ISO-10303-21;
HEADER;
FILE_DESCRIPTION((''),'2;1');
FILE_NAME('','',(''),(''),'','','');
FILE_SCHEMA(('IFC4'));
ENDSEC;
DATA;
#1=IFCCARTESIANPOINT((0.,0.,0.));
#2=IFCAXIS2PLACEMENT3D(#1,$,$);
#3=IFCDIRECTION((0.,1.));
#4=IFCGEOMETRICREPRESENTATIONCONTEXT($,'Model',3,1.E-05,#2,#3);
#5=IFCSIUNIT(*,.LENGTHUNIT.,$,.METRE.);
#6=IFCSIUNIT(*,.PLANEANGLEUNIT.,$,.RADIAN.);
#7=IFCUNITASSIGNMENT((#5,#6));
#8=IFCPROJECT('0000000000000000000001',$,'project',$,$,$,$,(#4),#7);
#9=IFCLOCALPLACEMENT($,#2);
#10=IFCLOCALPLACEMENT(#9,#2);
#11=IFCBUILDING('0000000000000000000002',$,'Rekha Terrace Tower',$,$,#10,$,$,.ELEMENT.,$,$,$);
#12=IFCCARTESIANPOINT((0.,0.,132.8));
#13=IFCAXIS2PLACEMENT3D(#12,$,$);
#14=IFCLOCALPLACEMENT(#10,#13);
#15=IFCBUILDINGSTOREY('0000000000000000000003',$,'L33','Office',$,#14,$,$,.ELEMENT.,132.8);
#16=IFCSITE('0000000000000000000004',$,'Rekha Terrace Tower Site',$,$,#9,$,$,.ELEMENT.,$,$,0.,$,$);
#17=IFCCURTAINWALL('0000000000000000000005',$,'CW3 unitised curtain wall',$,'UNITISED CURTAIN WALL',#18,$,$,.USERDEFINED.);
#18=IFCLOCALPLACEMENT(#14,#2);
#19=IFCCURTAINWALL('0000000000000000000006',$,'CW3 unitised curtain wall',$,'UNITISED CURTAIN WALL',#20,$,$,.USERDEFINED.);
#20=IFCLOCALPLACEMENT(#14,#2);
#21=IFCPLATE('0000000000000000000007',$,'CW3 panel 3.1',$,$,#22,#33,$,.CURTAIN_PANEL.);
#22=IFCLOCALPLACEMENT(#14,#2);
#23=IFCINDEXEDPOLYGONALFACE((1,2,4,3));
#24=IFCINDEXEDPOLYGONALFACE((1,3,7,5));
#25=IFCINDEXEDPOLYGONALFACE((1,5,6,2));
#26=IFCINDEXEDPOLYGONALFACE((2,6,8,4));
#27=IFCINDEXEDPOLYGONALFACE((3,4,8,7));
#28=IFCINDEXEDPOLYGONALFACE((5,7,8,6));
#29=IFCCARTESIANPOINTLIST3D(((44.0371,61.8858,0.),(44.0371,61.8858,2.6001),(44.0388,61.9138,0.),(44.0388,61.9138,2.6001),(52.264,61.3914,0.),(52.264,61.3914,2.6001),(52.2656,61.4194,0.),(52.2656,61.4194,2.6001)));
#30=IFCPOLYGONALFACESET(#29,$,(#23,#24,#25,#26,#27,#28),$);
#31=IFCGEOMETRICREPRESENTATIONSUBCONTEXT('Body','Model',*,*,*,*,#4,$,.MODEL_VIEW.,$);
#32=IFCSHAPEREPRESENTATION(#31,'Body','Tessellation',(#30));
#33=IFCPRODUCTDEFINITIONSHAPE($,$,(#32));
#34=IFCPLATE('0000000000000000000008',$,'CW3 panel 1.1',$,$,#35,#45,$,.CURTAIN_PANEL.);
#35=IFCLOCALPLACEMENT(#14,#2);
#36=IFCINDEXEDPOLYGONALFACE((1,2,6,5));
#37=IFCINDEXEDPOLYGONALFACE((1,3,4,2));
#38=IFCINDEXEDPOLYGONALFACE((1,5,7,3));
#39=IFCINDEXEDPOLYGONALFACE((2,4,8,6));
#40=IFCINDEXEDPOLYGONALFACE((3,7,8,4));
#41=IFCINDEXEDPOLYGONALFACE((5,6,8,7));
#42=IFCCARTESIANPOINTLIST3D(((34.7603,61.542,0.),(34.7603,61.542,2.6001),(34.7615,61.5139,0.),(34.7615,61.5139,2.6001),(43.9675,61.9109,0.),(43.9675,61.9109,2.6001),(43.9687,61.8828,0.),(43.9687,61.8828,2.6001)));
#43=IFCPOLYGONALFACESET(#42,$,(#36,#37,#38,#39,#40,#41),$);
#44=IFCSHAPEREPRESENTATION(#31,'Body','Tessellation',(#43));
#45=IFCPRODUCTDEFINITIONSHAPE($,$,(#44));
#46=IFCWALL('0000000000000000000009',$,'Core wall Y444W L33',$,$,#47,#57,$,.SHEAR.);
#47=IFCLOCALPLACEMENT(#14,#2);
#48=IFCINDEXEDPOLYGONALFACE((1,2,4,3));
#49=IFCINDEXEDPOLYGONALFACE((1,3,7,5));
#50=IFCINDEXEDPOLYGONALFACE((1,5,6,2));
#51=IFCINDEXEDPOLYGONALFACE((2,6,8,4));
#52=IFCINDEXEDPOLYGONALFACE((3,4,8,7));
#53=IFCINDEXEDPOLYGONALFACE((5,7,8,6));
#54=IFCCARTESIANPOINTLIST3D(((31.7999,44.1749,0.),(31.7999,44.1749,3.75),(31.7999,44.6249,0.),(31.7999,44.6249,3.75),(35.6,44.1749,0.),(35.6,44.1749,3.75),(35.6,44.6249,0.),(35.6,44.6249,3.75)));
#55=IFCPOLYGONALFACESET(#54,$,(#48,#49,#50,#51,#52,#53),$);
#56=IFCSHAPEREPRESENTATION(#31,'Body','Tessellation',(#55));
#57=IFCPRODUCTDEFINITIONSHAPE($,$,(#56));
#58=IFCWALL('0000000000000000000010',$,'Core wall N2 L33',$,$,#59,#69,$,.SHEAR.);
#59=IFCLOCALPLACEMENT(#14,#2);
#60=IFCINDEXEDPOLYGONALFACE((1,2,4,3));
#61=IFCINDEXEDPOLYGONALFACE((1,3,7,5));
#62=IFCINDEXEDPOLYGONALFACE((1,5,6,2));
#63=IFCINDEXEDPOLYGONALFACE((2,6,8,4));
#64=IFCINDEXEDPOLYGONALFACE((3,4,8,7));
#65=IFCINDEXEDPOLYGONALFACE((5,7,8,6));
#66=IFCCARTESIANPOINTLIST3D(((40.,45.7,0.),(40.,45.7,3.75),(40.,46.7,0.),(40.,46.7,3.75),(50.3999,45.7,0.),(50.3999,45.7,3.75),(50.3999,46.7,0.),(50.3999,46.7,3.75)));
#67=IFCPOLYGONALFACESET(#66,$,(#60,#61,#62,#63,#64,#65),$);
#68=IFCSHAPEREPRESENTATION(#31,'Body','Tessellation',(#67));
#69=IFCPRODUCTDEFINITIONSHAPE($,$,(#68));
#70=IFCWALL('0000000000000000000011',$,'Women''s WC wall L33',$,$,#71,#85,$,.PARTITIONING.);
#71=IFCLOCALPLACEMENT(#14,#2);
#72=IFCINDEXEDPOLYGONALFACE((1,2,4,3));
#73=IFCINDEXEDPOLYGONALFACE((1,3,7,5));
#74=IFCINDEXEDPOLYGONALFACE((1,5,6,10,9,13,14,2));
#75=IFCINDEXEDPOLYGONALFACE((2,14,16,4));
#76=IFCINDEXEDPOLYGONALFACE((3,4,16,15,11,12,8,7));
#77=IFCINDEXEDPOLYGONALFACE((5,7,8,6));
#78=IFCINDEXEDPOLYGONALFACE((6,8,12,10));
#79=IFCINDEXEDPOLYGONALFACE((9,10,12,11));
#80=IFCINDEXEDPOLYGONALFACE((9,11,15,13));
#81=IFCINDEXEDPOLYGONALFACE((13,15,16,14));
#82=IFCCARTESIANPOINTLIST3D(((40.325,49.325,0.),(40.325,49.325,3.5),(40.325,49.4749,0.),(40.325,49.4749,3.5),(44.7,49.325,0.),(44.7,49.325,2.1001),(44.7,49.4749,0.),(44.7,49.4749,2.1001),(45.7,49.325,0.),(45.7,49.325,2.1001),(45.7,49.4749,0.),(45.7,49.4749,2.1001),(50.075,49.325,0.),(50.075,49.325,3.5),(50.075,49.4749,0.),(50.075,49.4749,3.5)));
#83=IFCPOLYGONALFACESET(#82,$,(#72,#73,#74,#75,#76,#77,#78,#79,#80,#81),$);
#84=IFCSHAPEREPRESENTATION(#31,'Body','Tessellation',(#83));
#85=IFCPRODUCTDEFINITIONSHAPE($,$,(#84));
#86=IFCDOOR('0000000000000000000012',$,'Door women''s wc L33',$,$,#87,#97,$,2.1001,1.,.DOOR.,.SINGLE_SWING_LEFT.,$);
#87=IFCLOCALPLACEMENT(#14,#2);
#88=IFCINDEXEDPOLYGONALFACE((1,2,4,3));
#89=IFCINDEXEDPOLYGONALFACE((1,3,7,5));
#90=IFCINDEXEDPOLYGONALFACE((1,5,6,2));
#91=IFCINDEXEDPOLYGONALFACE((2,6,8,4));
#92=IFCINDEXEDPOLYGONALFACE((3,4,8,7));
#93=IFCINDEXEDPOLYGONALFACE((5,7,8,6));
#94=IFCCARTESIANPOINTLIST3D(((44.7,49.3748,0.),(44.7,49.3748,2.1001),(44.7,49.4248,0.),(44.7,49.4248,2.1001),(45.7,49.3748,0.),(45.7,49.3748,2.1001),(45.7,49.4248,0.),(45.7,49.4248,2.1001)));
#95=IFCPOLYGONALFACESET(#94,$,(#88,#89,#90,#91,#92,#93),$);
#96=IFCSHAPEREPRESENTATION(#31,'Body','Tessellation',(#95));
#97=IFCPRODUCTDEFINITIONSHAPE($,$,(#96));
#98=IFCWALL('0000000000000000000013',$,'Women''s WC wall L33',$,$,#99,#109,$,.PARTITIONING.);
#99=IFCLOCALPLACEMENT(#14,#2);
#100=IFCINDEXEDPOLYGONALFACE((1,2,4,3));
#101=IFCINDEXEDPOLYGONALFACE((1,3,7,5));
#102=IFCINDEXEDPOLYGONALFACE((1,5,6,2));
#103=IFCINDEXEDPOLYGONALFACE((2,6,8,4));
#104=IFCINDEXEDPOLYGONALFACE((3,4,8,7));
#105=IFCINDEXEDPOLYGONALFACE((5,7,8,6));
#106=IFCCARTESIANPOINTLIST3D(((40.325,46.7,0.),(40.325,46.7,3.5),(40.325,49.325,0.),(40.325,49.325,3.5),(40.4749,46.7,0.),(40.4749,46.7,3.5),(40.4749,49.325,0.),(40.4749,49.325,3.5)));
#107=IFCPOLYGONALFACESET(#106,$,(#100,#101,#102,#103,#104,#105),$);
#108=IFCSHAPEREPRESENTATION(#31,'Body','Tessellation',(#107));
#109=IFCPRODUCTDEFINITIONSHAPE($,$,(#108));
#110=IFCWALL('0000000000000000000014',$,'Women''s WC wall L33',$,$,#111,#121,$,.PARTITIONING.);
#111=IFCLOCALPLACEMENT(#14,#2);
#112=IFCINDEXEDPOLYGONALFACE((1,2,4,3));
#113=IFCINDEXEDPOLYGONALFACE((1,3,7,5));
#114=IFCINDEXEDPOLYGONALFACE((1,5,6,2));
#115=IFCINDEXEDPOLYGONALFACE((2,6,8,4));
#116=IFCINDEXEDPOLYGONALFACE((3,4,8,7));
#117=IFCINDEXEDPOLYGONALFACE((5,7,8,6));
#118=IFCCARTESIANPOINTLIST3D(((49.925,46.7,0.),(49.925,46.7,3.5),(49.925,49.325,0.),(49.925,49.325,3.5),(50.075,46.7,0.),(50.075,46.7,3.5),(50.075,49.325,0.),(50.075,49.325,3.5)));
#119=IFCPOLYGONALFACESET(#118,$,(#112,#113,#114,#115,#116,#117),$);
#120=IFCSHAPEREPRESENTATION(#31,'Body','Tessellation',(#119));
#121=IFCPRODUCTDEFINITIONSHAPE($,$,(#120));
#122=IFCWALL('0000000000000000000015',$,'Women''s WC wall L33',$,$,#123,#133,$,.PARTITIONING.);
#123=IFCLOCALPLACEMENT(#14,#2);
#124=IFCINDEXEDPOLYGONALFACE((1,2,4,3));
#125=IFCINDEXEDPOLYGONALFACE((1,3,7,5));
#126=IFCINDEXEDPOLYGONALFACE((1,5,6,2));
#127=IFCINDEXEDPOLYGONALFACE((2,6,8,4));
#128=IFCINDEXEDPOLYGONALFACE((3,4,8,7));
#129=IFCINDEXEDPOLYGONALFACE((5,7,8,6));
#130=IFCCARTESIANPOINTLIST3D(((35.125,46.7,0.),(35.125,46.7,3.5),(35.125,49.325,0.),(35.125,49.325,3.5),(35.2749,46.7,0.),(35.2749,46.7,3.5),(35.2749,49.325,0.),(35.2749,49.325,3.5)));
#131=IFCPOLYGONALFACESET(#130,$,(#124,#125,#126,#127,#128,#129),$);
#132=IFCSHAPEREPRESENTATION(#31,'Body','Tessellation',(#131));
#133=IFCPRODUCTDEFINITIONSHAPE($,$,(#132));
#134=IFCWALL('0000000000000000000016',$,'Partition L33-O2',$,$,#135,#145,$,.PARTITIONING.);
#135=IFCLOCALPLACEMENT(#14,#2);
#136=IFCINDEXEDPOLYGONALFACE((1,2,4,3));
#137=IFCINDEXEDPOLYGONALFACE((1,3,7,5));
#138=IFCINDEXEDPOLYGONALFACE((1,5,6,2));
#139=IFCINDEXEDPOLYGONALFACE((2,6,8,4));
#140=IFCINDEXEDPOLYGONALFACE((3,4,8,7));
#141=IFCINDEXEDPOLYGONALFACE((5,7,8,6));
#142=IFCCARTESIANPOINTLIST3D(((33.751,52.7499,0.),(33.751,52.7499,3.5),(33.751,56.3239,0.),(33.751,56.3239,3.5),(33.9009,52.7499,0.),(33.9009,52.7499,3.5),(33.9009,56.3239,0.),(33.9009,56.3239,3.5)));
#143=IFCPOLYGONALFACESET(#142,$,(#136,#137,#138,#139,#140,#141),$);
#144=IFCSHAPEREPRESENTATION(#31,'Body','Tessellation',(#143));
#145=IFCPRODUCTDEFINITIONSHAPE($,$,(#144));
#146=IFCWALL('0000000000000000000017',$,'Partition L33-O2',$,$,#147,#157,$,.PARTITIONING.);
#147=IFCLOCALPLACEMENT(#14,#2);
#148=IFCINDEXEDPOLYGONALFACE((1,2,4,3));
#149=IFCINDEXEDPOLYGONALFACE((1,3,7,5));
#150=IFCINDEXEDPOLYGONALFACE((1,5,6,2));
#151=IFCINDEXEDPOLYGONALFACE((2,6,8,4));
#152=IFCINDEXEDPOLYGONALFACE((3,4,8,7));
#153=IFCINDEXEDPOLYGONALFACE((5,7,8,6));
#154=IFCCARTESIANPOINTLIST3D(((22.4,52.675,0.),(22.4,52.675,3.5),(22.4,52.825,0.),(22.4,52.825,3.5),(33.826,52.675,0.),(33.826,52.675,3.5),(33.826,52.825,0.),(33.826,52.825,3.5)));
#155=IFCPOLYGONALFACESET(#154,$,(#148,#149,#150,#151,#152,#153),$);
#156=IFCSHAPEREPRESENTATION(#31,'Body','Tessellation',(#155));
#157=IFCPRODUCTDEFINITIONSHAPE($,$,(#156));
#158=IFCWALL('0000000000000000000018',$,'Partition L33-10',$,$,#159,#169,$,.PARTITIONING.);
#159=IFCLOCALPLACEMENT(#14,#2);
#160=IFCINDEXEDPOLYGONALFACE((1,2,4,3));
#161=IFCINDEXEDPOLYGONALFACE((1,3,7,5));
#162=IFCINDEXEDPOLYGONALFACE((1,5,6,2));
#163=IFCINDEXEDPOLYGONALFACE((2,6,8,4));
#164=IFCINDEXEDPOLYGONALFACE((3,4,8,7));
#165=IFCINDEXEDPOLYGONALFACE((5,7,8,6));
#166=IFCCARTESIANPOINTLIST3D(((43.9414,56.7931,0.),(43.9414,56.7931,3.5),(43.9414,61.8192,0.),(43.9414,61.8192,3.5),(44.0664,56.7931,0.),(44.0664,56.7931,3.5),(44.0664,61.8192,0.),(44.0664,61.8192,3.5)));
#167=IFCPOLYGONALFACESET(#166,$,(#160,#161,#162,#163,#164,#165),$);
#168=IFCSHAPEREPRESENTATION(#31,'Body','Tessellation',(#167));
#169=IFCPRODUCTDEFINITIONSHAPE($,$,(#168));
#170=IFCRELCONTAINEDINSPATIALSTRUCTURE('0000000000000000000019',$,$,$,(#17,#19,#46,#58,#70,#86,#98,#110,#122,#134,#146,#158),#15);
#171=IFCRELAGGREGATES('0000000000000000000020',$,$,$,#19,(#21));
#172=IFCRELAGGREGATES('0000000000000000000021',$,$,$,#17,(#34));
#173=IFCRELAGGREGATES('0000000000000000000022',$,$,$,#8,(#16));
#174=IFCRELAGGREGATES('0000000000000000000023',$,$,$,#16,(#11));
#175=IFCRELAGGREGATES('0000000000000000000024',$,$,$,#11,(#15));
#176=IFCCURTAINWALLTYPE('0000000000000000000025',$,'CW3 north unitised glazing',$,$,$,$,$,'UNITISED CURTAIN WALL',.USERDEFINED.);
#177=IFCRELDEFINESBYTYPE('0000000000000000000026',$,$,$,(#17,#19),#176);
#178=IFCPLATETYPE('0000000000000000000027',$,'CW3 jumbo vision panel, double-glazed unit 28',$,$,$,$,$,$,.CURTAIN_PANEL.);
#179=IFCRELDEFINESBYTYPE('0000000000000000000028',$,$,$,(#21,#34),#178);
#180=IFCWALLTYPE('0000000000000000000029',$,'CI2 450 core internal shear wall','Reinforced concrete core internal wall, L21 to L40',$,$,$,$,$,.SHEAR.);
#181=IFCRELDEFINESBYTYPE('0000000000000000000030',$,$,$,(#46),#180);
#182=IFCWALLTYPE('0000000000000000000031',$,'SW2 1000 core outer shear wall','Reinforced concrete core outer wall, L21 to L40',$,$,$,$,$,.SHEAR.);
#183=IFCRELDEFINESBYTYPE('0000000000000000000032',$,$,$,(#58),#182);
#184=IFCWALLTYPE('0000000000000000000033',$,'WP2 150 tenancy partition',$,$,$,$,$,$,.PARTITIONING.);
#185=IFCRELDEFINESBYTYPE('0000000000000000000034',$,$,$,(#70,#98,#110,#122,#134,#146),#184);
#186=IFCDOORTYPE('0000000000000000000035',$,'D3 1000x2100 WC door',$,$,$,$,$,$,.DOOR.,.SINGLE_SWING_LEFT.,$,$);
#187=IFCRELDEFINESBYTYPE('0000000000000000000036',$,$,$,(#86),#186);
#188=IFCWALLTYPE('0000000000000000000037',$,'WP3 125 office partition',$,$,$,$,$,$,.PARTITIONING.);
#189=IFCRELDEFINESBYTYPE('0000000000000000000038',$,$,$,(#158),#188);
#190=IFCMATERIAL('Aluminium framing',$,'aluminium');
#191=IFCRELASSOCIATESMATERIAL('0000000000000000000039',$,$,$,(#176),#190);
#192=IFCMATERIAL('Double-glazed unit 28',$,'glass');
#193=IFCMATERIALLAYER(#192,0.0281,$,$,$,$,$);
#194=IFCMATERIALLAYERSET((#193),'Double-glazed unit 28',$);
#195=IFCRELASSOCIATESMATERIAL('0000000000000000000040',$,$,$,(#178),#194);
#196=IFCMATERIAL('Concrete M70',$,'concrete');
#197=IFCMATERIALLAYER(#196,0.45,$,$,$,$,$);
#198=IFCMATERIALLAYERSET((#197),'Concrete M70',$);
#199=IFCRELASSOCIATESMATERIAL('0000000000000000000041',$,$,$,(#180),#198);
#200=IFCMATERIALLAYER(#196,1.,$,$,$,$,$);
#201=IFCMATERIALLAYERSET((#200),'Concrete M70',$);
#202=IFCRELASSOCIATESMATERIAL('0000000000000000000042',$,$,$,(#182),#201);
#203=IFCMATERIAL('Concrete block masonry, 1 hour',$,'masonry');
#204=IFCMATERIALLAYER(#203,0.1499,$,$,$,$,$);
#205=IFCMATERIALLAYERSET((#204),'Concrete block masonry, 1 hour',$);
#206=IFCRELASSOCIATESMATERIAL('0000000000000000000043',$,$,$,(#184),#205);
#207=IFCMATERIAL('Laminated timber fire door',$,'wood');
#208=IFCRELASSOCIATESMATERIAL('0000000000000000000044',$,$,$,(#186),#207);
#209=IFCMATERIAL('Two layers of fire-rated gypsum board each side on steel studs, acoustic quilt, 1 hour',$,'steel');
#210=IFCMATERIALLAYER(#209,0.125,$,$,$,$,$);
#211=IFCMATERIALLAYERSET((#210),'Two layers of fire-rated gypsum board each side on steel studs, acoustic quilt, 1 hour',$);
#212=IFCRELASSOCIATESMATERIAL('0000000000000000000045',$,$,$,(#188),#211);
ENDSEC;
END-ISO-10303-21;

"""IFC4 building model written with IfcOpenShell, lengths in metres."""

from ifc_helpers import new_model, si_unit, direction, frame, frame_2d, origin, origin_2d, place, context, subcontext, project, spatial, rectangle, extrude, material, layer, layer_set, type_object, element, fill, aggregate, save


model = new_model("IFC4")

# Units and contexts
model_context = context("Model", 3, precision=1e-05, world=origin(), true_north=direction((0.0, 1.0)))
body_context = subcontext(model_context, "Body", "Model", "MODEL_VIEW")
ifc_project = project(units=[si_unit("LENGTHUNIT", "METRE"), si_unit("PLANEANGLEUNIT", "RADIAN")], contexts=[model_context])

# Site, building, storey
site_placement = place(None, origin())
site = spatial("IfcSite", under=ifc_project, at=site_placement, Name="Rekha Terrace Tower Site", CompositionType="ELEMENT", RefElevation=0.0)
building_placement = place(site_placement, origin())
building = spatial("IfcBuilding", under=site, at=building_placement, Name="Rekha Terrace Tower", CompositionType="ELEMENT")
storey_placement = place(building_placement, frame((0.0, 0.0, 132.8)))
storey = spatial("IfcBuildingStorey", under=building, at=storey_placement, Name="L33", Description="Office", CompositionType="ELEMENT", Elevation=132.8)

# Shared definitions
ifc_material_1 = material(Name="Concrete M70", Category="concrete")

# Curtain wall
ifc_material_2 = material(Name="Aluminium framing", Category="aluminium")
curtain_wall_type = type_object("IfcCurtainWallType", Name="CW3 north unitised glazing", ElementType="UNITISED CURTAIN WALL", PredefinedType="USERDEFINED", material=ifc_material_2)
curtain_wall_1_placement = place(storey_placement, origin())
curtain_wall_1 = element("IfcCurtainWall", 1, at=curtain_wall_1_placement, inside=storey, type_object=curtain_wall_type, Name="CW3 unitised curtain wall", ObjectType="UNITISED CURTAIN WALL", PredefinedType="USERDEFINED")

# Curtain wall, plate
curtain_wall_2_placement = place(storey_placement, origin())
curtain_wall_2 = element("IfcCurtainWall", 2, at=curtain_wall_2_placement, inside=storey, type_object=curtain_wall_type, Name="CW3 unitised curtain wall", ObjectType="UNITISED CURTAIN WALL", PredefinedType="USERDEFINED")
ifc_material_3 = material(Name="Double-glazed unit 28", Category="glass")
ifc_layer_1 = layer(ifc_material_3, 0.0281)
ifc_layer_set_1 = layer_set([ifc_layer_1], Name="Double-glazed unit 28")
plate_type = type_object("IfcPlateType", Name="CW3 jumbo vision panel, double-glazed unit 28", PredefinedType="CURTAIN_PANEL", material=ifc_layer_set_1)
plate_1_placement = place(storey_placement, frame((48.1514, 61.6526, 0.0), z_axis=(0.0, 0.0, 1.0), x_axis=(-0.998199, 0.059988, 0.0)))
plate_1 = element("IfcPlate", 3, at=plate_1_placement, type_object=plate_type, Name="CW3 panel 3.1", PredefinedType="CURTAIN_PANEL", context=body_context, shape_type="SweptSolid", body=[
    extrude(rectangle(XDim=8.2417, YDim=0.0281, at=origin_2d()), origin(), (0.0, 0.0, 1.0), 2.6001),
])
aggregate(curtain_wall_2, [plate_1])

# Plate
plate_2_placement = place(storey_placement, frame((39.3645, 61.7124, 0.0), z_axis=(0.0, 0.0, 1.0), x_axis=(-0.999198, -0.040032, 0.0)))
plate_2 = element("IfcPlate", 4, at=plate_2_placement, type_object=plate_type, Name="CW3 panel 1.1", PredefinedType="CURTAIN_PANEL", context=body_context, shape_type="SweptSolid", body=[
    extrude(rectangle(XDim=9.2146, YDim=0.0281, at=origin_2d()), origin(), (0.0, 0.0, 1.0), 2.6001),
])
aggregate(curtain_wall_1, [plate_2])

# Walls
ifc_layer_2 = layer(ifc_material_1, 0.45)
ifc_layer_set_2 = layer_set([ifc_layer_2], Name="Concrete M70")
wall_type_1 = type_object("IfcWallType", Name="CI2 450 core internal shear wall", Description="Reinforced concrete core internal wall, L21 to L40", PredefinedType="SHEAR", material=ifc_layer_set_2)
wall_1_placement = place(storey_placement, frame((31.8, 44.3999, 0.0), z_axis=(0.0, 0.0, 1.0), x_axis=(1.0, 0.0, 0.0)))
element("IfcWall", 5, at=wall_1_placement, inside=storey, type_object=wall_type_1, Name="Core wall Y444W L33", PredefinedType="SHEAR", context=body_context, shape_type="SweptSolid", body=[
    extrude(rectangle(XDim=3.8, YDim=0.45, at=frame_2d((1.8999, 0.0))), origin(), (0.0, 0.0, 1.0), 3.75),
])
ifc_layer_3 = layer(ifc_material_1, 1.0)
ifc_layer_set_3 = layer_set([ifc_layer_3], Name="Concrete M70")
wall_type_2 = type_object("IfcWallType", Name="SW2 1000 core outer shear wall", Description="Reinforced concrete core outer wall, L21 to L40", PredefinedType="SHEAR", material=ifc_layer_set_3)
wall_2_placement = place(storey_placement, frame((40.0, 46.2, 0.0), z_axis=(0.0, 0.0, 1.0), x_axis=(1.0, 0.0, 0.0)))
element("IfcWall", 6, at=wall_2_placement, inside=storey, type_object=wall_type_2, Name="Core wall N2 L33", PredefinedType="SHEAR", context=body_context, shape_type="SweptSolid", body=[
    extrude(rectangle(XDim=10.3999, YDim=1.0, at=frame_2d((5.2, 0.0))), origin(), (0.0, 0.0, 1.0), 3.75),
])

# Wall, opening, door
ifc_material_4 = material(Name="Concrete block masonry, 1 hour", Category="masonry")
ifc_layer_4 = layer(ifc_material_4, 0.1499)
ifc_layer_set_4 = layer_set([ifc_layer_4], Name="Concrete block masonry, 1 hour")
wall_type_3 = type_object("IfcWallType", Name="WP2 150 tenancy partition", PredefinedType="PARTITIONING", material=ifc_layer_set_4)
wall_3_placement = place(storey_placement, frame((40.325, 49.3999, 0.0), z_axis=(0.0, 0.0, 1.0), x_axis=(1.0, 0.0, 0.0)))
wall_3 = element("IfcWall", 7, at=wall_3_placement, inside=storey, type_object=wall_type_3, Name="Women's WC wall L33", PredefinedType="PARTITIONING", context=body_context, shape_type="SweptSolid", body=[
    extrude(rectangle(XDim=9.75, YDim=0.1499, at=frame_2d((4.875, 0.0))), origin(), (0.0, 0.0, 1.0), 3.5),
])
opening_1_placement = place(wall_3_placement, frame((4.375, 0.0, 0.0)))
opening_1 = element("IfcOpeningElement", 8, at=opening_1_placement, cuts=wall_3, PredefinedType="OPENING", context=body_context, shape_type="SweptSolid", body=[
    extrude(rectangle(XDim=1.0, YDim=2.1001, at=frame_2d((0.5, 1.05))), frame((0.0, 0.085, 0.0), z_axis=(0.0, -1.0, 0.0), x_axis=(1.0, 0.0, 0.0)), (0.0, 0.0, 1.0), 0.1699),
])
ifc_material_5 = material(Name="Laminated timber fire door", Category="wood")
door_type_1 = type_object("IfcDoorType", Name="D3 1000x2100 WC door", OperationType="SINGLE_SWING_LEFT", PredefinedType="DOOR", material=ifc_material_5)
door_1_placement = place(opening_1_placement, origin())
door_1 = element("IfcDoor", 9, at=door_1_placement, inside=storey, type_object=door_type_1, Name="Door women's wc L33", OperationType="SINGLE_SWING_LEFT", OverallHeight=2.1001, OverallWidth=1.0, PredefinedType="DOOR", context=body_context, shape_type="SweptSolid", body=[
    extrude(rectangle(XDim=1.0, YDim=2.1001, at=frame_2d((0.5, 1.05))), frame((0.0, 0.0249, 0.0), z_axis=(0.0, -1.0, 0.0), x_axis=(1.0, 0.0, 0.0)), (0.0, 0.0, 1.0), 0.05),
])
fill(opening_1, door_1)

# Walls
for number, where, z_axis, x_axis, name in (
    (10, (40.3999, 46.7, 0.0), (0.0, 0.0, 1.0), (0.0, 1.0, 0.0), "Women's WC wall L33"),
    (11, (50.0, 46.7, 0.0), (0.0, 0.0, 1.0), (0.0, 1.0, 0.0), "Women's WC wall L33"),
    (12, (35.2, 46.7, 0.0), (0.0, 0.0, 1.0), (0.0, 1.0, 0.0), "Women's WC wall L33"),
):
    element("IfcWall", number, at=place(storey_placement, frame(where, z_axis=z_axis, x_axis=x_axis)), inside=storey, type_object=wall_type_3, Name=name, PredefinedType="PARTITIONING", context=body_context, shape_type="SweptSolid", body=[
        extrude(rectangle(XDim=2.625, YDim=0.1499, at=frame_2d((1.3125, 0.0))), origin(), (0.0, 0.0, 1.0), 3.5),
    ])
wall_4_placement = place(storey_placement, frame((33.8259, 56.324, 0.0), z_axis=(0.0, 0.0, 1.0), x_axis=(0.0, -1.0, 0.0)))
element("IfcWall", 13, at=wall_4_placement, inside=storey, type_object=wall_type_3, Name="Partition L33-O2", PredefinedType="PARTITIONING", context=body_context, shape_type="SweptSolid", body=[
    extrude(rectangle(XDim=3.574, YDim=0.1499, at=frame_2d((1.7871, 0.0))), origin(), (0.0, 0.0, 1.0), 3.5),
])
wall_5_placement = place(storey_placement, frame((33.8259, 52.75, 0.0), z_axis=(0.0, 0.0, 1.0), x_axis=(-1.0, 0.0, 0.0)))
element("IfcWall", 14, at=wall_5_placement, inside=storey, type_object=wall_type_3, Name="Partition L33-O2", PredefinedType="PARTITIONING", context=body_context, shape_type="SweptSolid", body=[
    extrude(rectangle(XDim=11.426, YDim=0.1499, at=frame_2d((5.7129, 0.0))), origin(), (0.0, 0.0, 1.0), 3.5),
])
ifc_material_6 = material(Name="Two layers of fire-rated gypsum board each side on steel studs, acoustic quilt, 1 hour", Category="steel")
ifc_layer_5 = layer(ifc_material_6, 0.125)
ifc_layer_set_5 = layer_set([ifc_layer_5], Name="Two layers of fire-rated gypsum board each side on steel studs, acoustic quilt, 1 hour")
wall_type_4 = type_object("IfcWallType", Name="WP3 125 office partition", PredefinedType="PARTITIONING", material=ifc_layer_set_5)
wall_6_placement = place(storey_placement, frame((44.0039, 56.793, 0.0), z_axis=(0.0, 0.0, 1.0), x_axis=(0.0, 1.0, 0.0)))
element("IfcWall", 15, at=wall_6_placement, inside=storey, type_object=wall_type_4, Name="Partition L33-10", PredefinedType="PARTITIONING", context=body_context, shape_type="SweptSolid", body=[
    extrude(rectangle(XDim=5.0261, YDim=0.125, at=frame_2d((2.5132, 0.0))), origin(), (0.0, 0.0, 1.0), 3.5),
])

save(model, "model.ifc")
